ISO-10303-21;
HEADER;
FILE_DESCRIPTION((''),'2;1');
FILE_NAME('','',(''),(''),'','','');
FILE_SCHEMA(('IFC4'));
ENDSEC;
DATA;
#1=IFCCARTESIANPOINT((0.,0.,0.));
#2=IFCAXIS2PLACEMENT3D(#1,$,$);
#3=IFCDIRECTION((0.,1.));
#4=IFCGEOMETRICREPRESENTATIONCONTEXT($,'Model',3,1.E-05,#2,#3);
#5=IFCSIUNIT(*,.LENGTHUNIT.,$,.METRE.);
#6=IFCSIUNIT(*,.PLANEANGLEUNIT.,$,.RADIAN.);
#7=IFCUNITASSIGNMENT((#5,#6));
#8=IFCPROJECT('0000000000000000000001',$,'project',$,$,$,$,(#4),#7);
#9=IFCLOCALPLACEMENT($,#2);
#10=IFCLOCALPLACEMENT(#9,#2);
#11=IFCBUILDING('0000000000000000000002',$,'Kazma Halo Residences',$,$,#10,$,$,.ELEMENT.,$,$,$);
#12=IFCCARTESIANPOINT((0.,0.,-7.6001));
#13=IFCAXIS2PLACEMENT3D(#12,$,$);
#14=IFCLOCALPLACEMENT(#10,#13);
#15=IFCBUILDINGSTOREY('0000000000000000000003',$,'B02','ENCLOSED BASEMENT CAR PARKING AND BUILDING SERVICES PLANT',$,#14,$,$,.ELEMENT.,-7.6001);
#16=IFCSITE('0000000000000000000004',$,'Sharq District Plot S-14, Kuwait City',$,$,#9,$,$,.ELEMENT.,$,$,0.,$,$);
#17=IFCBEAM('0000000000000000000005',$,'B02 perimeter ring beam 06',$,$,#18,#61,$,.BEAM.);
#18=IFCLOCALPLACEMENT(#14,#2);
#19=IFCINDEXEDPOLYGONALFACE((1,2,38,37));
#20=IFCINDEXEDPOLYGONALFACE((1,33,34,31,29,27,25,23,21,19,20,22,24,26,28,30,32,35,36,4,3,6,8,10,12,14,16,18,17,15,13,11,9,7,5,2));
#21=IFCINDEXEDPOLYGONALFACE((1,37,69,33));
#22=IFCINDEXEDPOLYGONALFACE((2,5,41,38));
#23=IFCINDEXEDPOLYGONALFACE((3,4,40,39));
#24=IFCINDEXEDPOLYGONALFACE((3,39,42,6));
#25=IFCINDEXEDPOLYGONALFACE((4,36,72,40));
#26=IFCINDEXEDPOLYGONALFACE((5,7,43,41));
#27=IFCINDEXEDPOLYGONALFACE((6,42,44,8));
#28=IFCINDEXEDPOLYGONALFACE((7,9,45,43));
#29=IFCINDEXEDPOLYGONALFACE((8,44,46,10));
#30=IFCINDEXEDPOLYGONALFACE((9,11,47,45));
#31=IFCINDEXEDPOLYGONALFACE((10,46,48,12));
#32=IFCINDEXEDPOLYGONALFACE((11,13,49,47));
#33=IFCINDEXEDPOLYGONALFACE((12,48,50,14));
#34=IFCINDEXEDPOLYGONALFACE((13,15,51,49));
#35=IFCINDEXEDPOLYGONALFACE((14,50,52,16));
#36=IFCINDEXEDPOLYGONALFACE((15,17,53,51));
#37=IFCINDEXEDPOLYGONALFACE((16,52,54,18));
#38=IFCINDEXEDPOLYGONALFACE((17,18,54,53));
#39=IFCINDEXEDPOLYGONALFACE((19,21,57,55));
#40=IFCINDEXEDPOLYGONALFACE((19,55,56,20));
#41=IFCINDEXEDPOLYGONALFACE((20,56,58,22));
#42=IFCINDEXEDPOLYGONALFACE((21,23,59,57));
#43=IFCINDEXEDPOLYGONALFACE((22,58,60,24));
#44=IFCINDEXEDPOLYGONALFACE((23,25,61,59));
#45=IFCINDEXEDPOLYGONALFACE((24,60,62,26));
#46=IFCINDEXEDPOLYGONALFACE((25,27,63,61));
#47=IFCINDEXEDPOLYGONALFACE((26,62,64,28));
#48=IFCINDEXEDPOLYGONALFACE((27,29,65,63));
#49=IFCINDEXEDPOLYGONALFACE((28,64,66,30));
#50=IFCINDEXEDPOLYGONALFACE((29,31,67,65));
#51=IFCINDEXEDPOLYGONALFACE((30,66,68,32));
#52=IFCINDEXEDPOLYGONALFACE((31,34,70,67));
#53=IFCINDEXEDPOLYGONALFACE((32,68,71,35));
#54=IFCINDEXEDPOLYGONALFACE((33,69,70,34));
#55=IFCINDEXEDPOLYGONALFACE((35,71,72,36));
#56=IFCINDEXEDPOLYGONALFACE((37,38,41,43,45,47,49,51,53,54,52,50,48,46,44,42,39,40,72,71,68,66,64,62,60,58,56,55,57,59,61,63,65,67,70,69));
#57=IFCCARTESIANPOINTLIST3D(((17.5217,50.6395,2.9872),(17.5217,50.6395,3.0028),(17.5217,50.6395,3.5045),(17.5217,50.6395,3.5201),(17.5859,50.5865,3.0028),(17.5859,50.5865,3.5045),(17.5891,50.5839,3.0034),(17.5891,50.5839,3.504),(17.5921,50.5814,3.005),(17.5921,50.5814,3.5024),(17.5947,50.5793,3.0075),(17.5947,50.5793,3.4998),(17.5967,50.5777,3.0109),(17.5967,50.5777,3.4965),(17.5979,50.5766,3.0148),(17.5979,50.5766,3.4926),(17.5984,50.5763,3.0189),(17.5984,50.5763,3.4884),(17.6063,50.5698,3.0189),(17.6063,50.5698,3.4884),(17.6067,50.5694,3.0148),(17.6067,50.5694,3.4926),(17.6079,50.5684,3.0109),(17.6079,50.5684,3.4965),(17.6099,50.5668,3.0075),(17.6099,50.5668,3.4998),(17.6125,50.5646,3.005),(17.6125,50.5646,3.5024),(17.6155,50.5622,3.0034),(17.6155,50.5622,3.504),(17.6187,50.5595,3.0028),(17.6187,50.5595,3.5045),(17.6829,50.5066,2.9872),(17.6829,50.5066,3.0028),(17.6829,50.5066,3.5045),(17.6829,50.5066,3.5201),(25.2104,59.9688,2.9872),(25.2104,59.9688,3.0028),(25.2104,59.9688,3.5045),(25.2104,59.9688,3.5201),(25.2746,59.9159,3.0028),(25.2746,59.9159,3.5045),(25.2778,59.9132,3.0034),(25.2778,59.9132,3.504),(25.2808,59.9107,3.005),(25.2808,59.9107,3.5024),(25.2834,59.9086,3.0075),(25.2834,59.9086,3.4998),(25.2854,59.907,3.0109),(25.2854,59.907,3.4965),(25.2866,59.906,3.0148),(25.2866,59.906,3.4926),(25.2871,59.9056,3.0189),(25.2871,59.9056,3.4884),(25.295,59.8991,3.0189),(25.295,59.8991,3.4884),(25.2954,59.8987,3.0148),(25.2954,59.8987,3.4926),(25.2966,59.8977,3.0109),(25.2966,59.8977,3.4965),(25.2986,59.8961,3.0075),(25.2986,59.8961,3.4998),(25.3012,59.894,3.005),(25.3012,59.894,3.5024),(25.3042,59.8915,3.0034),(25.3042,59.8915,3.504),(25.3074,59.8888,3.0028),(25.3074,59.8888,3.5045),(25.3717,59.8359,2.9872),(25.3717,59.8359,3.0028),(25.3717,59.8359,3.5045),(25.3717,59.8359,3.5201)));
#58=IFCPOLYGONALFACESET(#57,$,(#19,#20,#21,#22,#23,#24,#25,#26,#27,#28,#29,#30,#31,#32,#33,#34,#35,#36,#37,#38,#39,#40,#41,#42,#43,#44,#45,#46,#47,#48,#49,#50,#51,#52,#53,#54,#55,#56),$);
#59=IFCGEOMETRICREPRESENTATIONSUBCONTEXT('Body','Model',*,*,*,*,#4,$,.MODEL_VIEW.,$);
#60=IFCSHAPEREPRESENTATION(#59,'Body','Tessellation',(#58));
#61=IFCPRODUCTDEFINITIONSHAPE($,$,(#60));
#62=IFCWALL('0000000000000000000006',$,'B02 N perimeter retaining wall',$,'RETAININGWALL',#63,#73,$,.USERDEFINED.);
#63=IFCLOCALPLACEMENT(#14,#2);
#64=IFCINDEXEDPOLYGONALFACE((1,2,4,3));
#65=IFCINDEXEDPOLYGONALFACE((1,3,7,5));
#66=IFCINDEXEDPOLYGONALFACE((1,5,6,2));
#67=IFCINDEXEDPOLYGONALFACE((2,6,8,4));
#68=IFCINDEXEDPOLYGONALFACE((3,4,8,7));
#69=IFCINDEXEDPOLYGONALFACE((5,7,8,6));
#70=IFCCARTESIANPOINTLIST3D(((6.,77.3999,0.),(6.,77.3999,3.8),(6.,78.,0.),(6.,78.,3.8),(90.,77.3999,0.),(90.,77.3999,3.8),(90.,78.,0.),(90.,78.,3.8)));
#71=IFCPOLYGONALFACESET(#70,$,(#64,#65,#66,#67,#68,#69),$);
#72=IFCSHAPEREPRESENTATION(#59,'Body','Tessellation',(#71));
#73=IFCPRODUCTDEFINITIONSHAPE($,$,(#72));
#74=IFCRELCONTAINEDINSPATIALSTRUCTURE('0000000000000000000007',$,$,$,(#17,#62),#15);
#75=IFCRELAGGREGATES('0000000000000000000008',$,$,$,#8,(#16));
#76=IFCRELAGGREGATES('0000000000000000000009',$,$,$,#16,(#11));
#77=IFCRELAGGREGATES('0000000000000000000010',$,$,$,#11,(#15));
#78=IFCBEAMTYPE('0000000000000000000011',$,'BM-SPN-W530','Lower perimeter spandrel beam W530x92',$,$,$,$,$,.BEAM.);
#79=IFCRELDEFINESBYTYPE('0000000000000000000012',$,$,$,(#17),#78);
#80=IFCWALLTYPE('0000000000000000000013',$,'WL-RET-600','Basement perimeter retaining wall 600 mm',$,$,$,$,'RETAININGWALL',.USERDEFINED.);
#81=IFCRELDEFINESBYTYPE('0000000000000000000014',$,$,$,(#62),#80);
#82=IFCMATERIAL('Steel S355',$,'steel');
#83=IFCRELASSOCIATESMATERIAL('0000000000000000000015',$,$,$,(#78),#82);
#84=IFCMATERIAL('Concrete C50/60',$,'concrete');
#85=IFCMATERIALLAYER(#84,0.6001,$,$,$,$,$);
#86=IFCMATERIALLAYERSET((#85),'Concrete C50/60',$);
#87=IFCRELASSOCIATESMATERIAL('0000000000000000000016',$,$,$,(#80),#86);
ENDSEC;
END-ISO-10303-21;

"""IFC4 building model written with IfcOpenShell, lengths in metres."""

from ifc_helpers import new_model, si_unit, direction, frame, frame_2d, origin, origin_2d, place, context, subcontext, project, spatial, rectangle, i_section, extrude, material, layer, layer_set, material_profile, profile_set, type_object, element, save


model = new_model("IFC4")

# Units and contexts
model_context = context("Model", 3, precision=1e-05, world=origin(), true_north=direction((0.0, 1.0)))
body_context = subcontext(model_context, "Body", "Model", "MODEL_VIEW")
ifc_project = project(units=[si_unit("LENGTHUNIT", "METRE"), si_unit("PLANEANGLEUNIT", "RADIAN")], contexts=[model_context])

# Site, building, storey
site_placement = place(None, origin())
site = spatial("IfcSite", under=ifc_project, at=site_placement, Name="Sharq District Plot S-14, Kuwait City", CompositionType="ELEMENT", RefElevation=0.0)
building_placement = place(site_placement, origin())
building = spatial("IfcBuilding", under=site, at=building_placement, Name="Kazma Halo Residences", CompositionType="ELEMENT")
storey_placement = place(building_placement, frame((0.0, 0.0, -7.6001)))
storey = spatial("IfcBuildingStorey", under=building, at=storey_placement, Name="B02", Description="ENCLOSED BASEMENT CAR PARKING AND BUILDING SERVICES PLANT", CompositionType="ELEMENT", Elevation=-7.6001)

# Beam
ifc_material_1 = material(Name="Steel S355", Category="steel")
ifc_material_profile_1 = material_profile(ifc_material_1, i_section(OverallWidth=0.209, OverallDepth=0.533, WebThickness=0.0103, FlangeThickness=0.0156, FilletRadius=0.0161, at=origin_2d()), Name="W530x92")
ifc_profile_set_1 = profile_set([ifc_material_profile_1], Name="Steel S355")
beam_type_1 = type_object("IfcBeamType", Name="BM-SPN-W530", Description="Lower perimeter spandrel beam W530x92", PredefinedType="BEAM", material=ifc_profile_set_1)
beam_1_placement = place(storey_placement, frame((25.291, 59.9023, 3.2537), z_axis=(-0.63599, -0.771698, 0.0), x_axis=(0.771698, -0.63599, 0.0)))
element("IfcBeam", 1, at=beam_1_placement, inside=storey, type_object=beam_type_1, Name="B02 perimeter ring beam 06", PredefinedType="BEAM", context=body_context, shape_type="SweptSolid", body=[
    extrude(i_section(OverallWidth=0.209, OverallDepth=0.533, WebThickness=0.0103, FlangeThickness=0.0156, FilletRadius=0.0161, at=origin_2d()), origin(), (0.0, 0.0, 1.0), 12.0894),
])

# Wall
ifc_material_2 = material(Name="Concrete C50/60", Category="concrete")
ifc_layer = layer(ifc_material_2, 0.6001)
ifc_layer_set = layer_set([ifc_layer], Name="Concrete C50/60")
wall_type = type_object("IfcWallType", Name="WL-RET-600", Description="Basement perimeter retaining wall 600 mm", ElementType="RETAININGWALL", PredefinedType="USERDEFINED", material=ifc_layer_set)
wall_placement = place(storey_placement, frame((6.0, 77.7, 0.0), z_axis=(0.0, 0.0, 1.0), x_axis=(1.0, 0.0, 0.0)))
element("IfcWall", 2, at=wall_placement, inside=storey, type_object=wall_type, Name="B02 N perimeter retaining wall", ObjectType="RETAININGWALL", PredefinedType="USERDEFINED", context=body_context, shape_type="SweptSolid", body=[
    extrude(rectangle(XDim=84.0, YDim=0.6001, at=frame_2d((42.0, 0.0))), origin(), (0.0, 0.0, 1.0), 3.8),
])

save(model, "model.ifc")
